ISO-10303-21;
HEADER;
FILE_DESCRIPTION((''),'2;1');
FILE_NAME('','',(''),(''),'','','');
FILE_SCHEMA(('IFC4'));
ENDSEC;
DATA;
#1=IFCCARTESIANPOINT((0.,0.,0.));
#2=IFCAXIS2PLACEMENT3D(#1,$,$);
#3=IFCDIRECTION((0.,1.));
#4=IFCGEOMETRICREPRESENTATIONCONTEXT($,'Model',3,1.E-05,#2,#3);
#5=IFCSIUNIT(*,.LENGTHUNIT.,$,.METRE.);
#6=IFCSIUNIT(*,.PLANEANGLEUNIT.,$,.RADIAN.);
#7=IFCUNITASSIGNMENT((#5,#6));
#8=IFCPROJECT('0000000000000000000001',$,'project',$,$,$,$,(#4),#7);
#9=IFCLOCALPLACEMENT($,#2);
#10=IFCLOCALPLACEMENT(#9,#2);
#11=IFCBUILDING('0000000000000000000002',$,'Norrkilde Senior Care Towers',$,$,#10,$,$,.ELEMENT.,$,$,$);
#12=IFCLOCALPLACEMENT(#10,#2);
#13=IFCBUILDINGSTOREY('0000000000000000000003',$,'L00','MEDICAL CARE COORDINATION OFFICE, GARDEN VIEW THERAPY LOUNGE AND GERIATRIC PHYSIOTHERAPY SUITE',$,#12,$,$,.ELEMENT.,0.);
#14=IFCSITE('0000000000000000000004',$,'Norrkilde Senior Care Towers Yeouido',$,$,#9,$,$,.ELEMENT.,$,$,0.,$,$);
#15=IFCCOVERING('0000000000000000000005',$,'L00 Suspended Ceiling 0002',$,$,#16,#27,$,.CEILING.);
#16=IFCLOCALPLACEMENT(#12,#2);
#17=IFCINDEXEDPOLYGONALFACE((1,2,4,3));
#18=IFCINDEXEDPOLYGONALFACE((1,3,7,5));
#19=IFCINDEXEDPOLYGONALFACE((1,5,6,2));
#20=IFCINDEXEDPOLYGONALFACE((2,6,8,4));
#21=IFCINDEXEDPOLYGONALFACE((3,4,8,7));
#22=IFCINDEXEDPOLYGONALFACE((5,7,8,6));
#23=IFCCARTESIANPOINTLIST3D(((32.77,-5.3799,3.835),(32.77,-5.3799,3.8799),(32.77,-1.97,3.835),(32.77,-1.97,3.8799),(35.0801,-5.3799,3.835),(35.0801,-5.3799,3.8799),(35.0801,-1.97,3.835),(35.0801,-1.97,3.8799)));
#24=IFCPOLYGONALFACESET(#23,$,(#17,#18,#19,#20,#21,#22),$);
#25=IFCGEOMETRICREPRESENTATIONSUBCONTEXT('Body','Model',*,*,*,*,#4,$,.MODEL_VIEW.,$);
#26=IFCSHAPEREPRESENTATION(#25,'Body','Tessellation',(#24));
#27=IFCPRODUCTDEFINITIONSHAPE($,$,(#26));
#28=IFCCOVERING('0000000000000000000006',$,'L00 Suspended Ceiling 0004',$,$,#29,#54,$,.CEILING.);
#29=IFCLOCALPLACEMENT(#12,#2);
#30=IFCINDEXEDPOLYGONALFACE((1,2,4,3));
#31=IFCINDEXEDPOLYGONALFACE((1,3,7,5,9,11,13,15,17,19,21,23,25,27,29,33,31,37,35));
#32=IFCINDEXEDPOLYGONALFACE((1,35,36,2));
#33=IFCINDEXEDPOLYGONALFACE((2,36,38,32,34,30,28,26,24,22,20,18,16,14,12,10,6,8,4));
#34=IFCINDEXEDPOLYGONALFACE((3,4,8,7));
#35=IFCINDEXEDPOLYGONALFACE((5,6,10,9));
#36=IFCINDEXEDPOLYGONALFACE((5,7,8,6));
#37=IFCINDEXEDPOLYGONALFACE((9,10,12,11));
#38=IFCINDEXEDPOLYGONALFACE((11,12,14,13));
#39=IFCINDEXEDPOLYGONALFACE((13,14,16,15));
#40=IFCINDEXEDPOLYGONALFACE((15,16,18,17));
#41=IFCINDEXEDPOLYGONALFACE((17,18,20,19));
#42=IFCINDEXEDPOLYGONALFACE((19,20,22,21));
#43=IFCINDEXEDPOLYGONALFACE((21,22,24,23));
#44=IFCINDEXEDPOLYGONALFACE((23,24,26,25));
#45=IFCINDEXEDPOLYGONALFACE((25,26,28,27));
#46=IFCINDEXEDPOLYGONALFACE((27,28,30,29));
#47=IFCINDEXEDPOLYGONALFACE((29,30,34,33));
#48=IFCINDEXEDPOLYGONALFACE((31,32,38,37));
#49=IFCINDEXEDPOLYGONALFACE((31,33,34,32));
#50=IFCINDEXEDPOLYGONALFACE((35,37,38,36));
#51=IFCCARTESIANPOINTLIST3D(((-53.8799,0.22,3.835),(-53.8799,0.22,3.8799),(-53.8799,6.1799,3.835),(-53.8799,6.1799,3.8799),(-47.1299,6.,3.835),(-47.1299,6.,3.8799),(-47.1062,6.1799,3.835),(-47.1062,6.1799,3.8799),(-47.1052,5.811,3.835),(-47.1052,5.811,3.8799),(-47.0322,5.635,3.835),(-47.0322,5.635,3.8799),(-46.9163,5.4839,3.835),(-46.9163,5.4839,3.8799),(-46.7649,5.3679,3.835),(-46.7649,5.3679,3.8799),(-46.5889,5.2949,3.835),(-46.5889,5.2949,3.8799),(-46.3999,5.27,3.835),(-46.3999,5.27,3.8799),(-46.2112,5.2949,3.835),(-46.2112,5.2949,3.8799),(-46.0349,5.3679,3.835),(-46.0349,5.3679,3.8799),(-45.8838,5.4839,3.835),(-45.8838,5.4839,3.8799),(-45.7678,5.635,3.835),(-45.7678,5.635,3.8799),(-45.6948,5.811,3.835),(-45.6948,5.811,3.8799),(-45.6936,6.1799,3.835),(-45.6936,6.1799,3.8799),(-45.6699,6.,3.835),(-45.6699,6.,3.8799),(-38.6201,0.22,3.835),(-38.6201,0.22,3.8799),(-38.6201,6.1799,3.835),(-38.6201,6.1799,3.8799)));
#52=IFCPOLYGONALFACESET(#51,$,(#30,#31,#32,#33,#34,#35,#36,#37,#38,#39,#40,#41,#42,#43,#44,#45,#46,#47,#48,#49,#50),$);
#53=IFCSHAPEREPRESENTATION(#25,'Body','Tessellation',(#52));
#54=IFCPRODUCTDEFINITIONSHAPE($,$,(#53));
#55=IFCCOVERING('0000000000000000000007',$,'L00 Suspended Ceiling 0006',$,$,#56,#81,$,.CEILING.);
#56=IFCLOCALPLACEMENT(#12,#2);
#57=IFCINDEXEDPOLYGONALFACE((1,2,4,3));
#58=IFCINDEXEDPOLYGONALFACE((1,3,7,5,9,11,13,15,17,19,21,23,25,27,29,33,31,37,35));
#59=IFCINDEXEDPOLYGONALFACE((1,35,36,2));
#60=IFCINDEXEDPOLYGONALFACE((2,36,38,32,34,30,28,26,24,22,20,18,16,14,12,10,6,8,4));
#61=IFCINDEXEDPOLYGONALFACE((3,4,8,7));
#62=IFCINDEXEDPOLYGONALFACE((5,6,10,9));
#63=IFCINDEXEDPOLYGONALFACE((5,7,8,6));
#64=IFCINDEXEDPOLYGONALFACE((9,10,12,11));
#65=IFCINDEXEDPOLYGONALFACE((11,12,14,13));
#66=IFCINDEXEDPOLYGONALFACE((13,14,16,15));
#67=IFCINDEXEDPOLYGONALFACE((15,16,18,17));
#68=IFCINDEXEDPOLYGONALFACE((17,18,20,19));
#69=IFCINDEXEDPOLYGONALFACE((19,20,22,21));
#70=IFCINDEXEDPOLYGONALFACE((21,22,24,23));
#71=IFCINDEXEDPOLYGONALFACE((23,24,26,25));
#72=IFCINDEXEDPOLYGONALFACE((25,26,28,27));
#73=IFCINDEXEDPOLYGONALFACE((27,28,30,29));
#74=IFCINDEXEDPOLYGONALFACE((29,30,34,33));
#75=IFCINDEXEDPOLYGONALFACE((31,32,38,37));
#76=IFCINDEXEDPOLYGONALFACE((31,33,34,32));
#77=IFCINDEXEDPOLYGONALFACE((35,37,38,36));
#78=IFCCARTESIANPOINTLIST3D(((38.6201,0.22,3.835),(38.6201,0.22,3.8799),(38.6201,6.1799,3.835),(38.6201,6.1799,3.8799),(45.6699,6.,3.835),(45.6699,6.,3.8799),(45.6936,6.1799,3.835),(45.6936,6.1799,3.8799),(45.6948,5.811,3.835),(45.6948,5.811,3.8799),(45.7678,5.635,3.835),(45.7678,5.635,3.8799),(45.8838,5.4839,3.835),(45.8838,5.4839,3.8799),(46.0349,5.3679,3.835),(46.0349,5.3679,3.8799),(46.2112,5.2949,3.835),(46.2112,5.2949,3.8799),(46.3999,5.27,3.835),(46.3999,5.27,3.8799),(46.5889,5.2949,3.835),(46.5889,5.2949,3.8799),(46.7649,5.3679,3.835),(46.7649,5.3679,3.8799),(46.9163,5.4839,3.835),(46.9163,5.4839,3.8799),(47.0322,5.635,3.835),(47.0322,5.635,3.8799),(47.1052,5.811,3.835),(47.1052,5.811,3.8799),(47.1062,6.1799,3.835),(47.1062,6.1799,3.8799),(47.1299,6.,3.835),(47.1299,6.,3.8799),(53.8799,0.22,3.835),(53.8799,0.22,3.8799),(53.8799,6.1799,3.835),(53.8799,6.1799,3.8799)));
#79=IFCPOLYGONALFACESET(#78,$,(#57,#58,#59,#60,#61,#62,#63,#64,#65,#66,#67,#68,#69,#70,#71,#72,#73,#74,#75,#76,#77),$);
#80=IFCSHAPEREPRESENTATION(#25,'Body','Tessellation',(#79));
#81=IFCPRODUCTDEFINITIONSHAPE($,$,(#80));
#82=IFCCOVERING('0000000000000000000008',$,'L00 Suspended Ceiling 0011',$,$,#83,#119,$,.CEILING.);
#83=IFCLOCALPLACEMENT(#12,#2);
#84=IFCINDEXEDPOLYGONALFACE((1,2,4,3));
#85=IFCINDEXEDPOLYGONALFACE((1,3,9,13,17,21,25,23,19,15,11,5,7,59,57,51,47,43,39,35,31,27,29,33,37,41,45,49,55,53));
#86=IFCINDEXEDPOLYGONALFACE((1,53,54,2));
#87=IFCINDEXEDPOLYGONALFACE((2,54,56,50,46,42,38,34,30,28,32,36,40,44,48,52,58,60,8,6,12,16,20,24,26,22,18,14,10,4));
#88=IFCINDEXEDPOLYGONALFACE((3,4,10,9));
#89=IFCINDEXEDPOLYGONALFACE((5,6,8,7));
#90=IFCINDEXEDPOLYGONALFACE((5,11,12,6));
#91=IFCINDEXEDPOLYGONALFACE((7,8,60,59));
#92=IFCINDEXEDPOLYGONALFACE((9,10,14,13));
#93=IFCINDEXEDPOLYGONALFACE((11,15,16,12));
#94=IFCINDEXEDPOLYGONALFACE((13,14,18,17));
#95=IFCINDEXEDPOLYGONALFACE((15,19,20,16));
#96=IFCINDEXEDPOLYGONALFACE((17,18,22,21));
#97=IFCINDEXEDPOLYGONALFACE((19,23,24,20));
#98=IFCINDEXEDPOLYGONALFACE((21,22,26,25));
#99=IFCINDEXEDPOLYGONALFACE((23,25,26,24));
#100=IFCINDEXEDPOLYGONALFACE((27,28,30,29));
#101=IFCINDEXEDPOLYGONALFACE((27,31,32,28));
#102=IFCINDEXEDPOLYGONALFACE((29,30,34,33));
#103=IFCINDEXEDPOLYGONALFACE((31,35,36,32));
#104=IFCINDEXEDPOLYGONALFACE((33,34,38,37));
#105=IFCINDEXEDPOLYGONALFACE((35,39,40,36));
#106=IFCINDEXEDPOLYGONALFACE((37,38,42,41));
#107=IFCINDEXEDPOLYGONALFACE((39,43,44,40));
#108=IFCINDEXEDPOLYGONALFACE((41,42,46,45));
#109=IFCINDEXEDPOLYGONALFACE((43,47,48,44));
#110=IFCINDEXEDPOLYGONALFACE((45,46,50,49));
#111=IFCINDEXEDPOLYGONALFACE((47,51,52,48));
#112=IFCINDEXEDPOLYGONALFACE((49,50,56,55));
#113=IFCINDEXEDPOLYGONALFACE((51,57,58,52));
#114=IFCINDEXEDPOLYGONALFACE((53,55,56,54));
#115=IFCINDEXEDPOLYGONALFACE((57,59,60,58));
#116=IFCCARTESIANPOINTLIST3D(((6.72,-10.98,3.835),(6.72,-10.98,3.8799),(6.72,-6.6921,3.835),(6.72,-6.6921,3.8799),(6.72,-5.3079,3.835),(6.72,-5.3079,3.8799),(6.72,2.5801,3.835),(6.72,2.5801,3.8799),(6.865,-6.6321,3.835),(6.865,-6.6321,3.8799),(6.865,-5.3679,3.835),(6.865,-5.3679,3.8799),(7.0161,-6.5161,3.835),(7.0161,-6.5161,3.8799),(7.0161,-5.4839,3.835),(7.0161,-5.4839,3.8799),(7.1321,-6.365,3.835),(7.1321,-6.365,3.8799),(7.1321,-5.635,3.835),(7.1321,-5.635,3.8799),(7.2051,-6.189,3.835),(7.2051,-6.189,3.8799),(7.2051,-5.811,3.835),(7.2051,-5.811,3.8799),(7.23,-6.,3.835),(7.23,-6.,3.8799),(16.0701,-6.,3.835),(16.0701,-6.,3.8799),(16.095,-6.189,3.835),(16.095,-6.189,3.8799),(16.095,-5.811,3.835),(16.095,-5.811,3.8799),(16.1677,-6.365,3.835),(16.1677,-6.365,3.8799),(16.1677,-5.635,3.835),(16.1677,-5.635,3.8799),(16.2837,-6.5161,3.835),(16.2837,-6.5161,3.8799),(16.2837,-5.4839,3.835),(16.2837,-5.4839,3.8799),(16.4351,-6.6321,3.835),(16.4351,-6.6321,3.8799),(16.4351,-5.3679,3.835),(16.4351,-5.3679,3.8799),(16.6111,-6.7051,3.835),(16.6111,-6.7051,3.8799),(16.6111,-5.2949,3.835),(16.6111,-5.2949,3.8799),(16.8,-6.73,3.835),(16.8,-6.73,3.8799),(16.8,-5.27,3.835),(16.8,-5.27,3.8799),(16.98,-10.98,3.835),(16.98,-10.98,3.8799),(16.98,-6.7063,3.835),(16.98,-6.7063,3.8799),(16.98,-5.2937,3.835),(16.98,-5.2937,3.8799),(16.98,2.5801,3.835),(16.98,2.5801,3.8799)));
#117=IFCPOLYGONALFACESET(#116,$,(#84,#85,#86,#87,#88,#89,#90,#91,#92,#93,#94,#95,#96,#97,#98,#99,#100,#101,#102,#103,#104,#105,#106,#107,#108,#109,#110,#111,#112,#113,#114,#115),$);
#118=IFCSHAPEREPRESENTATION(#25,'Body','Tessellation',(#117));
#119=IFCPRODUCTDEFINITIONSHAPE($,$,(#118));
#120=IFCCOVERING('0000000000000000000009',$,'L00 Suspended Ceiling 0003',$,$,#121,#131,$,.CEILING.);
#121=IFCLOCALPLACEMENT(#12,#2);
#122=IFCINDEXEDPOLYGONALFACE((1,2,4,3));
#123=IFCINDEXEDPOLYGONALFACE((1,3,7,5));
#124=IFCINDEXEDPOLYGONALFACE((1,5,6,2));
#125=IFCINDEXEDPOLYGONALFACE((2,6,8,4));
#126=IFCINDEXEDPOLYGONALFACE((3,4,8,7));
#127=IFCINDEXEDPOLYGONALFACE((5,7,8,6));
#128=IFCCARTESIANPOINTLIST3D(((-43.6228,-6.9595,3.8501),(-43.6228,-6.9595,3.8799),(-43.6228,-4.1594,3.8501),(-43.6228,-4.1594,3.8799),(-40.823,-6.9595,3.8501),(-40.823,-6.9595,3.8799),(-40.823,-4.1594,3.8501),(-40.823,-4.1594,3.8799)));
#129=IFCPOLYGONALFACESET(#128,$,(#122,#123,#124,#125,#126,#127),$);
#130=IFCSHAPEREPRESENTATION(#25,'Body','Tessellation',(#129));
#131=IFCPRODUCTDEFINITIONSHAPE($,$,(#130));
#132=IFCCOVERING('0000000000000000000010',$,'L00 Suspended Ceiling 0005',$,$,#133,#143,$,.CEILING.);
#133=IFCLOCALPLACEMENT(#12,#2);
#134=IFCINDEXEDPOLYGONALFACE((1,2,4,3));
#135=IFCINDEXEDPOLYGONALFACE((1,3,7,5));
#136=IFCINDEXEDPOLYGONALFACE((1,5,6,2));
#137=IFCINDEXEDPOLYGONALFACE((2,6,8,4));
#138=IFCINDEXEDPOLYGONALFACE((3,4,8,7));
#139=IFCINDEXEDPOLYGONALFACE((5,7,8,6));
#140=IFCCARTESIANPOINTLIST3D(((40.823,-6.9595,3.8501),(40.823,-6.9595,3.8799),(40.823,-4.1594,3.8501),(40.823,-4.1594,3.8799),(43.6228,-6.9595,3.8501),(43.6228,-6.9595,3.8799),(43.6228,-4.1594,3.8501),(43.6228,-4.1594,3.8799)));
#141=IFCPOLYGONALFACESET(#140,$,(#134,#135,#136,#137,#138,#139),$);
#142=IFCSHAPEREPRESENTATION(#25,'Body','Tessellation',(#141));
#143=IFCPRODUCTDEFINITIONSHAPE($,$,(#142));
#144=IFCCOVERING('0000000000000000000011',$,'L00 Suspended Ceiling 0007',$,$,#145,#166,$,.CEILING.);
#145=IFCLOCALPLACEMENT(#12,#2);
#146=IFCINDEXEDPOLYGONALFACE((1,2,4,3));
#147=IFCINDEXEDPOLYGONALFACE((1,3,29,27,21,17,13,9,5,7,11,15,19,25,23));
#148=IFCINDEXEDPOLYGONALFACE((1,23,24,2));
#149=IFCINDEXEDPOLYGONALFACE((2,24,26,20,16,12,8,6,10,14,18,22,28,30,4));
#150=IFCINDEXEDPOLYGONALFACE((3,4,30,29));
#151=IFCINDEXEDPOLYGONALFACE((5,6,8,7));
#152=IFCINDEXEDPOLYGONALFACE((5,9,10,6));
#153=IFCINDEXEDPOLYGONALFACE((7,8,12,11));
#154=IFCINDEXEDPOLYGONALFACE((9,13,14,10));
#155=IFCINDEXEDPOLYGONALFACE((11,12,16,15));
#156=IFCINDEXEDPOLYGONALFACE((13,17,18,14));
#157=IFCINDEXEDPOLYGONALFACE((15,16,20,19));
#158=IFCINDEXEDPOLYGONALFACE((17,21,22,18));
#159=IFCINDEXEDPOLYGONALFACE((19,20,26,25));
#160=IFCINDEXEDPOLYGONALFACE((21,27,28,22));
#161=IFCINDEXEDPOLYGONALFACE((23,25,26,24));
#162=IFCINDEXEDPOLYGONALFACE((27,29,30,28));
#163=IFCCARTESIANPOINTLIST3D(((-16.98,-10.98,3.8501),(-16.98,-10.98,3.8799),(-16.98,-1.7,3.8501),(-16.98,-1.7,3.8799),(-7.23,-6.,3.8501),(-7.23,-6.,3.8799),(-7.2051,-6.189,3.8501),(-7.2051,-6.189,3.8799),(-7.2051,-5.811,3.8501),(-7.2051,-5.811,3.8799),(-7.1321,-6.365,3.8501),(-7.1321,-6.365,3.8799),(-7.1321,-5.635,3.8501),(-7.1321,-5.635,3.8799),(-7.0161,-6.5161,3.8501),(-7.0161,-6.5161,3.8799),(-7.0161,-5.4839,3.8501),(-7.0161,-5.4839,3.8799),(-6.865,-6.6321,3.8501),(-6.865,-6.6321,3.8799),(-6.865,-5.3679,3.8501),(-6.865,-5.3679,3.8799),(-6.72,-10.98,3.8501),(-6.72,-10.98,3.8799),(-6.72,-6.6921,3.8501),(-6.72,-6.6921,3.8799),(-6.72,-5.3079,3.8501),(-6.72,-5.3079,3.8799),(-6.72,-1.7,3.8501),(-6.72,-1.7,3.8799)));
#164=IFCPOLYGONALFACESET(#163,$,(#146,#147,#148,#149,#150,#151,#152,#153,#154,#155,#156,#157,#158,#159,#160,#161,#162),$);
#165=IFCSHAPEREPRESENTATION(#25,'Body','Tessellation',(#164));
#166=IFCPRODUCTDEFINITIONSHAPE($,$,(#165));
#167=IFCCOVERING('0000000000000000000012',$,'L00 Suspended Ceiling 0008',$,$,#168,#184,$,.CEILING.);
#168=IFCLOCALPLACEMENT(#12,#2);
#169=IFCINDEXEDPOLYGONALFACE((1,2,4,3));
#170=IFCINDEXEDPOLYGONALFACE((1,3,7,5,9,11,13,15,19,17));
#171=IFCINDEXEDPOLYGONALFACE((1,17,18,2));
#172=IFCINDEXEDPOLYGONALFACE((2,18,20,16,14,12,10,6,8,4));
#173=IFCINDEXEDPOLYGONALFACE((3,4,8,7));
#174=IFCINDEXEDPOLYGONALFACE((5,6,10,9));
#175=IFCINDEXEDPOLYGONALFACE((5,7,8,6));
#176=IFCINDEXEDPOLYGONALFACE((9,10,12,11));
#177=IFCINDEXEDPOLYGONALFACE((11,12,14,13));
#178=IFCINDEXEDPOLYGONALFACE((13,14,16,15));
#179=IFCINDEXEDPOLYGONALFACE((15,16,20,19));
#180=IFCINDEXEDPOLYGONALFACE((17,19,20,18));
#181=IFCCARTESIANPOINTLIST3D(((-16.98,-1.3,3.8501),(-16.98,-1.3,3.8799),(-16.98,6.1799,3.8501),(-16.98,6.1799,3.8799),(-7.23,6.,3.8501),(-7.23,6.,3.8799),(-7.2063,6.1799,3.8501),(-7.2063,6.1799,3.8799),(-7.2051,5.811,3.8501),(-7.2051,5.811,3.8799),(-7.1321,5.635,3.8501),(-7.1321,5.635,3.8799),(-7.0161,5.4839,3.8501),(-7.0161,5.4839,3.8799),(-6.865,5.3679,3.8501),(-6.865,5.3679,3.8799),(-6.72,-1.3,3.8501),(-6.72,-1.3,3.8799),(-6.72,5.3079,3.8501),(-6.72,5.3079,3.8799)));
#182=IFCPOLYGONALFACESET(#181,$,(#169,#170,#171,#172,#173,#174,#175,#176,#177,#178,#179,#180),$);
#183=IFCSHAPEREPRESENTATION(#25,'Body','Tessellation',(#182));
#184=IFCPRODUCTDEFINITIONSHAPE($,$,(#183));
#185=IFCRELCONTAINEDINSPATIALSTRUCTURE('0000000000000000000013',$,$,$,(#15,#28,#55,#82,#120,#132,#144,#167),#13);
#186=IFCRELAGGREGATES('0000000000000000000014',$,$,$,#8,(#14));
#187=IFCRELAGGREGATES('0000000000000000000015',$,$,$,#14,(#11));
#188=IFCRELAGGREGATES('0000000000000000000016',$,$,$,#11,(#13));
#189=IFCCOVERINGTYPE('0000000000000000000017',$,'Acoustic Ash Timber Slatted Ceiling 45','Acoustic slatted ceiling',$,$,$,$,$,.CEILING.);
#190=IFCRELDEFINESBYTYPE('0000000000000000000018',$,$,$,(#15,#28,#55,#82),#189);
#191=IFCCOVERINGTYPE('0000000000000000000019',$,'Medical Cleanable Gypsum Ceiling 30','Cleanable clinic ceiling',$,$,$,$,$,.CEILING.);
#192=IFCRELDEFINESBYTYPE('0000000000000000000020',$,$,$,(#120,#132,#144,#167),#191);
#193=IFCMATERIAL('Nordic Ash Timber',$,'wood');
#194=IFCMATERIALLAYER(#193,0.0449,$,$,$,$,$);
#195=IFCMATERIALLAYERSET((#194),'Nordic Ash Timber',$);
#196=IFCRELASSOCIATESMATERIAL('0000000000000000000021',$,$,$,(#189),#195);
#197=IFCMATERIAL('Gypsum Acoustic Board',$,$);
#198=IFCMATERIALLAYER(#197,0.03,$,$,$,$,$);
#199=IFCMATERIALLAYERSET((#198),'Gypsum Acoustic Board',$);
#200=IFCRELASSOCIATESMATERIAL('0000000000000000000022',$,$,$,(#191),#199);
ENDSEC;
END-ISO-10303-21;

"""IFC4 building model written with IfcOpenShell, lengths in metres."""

from ifc_helpers import new_model, si_unit, direction, frame, origin, place, context, subcontext, project, spatial, polyline, outline, extrude, material, layer, layer_set, type_object, element, save


model = new_model("IFC4")

# Units and contexts
model_context = context("Model", 3, precision=1e-05, world=origin(), true_north=direction((0.0, 1.0)))
body_context = subcontext(model_context, "Body", "Model", "MODEL_VIEW")
ifc_project = project(units=[si_unit("LENGTHUNIT", "METRE"), si_unit("PLANEANGLEUNIT", "RADIAN")], contexts=[model_context])

# Site, building, storey
site_placement = place(None, origin())
site = spatial("IfcSite", under=ifc_project, at=site_placement, Name="Norrkilde Senior Care Towers Yeouido", CompositionType="ELEMENT", RefElevation=0.0)
building_placement = place(site_placement, origin())
building = spatial("IfcBuilding", under=site, at=building_placement, Name="Norrkilde Senior Care Towers", CompositionType="ELEMENT")
storey_placement = place(building_placement, origin())
storey = spatial("IfcBuildingStorey", under=building, at=storey_placement, Name="L00", Description="MEDICAL CARE COORDINATION OFFICE, GARDEN VIEW THERAPY LOUNGE AND GERIATRIC PHYSIOTHERAPY SUITE", CompositionType="ELEMENT", Elevation=0.0)

# Coverings
ifc_material_1 = material(Name="Nordic Ash Timber", Category="wood")
ifc_layer_1 = layer(ifc_material_1, 0.0449)
ifc_layer_set_1 = layer_set([ifc_layer_1], Name="Nordic Ash Timber")
covering_type_1 = type_object("IfcCoveringType", Name="Acoustic Ash Timber Slatted Ceiling 45", Description="Acoustic slatted ceiling", PredefinedType="CEILING", material=ifc_layer_set_1)
covering_1_placement = place(storey_placement, frame((0.0, 0.0, 3.835)))
element("IfcCovering", 1, at=covering_1_placement, inside=storey, type_object=covering_type_1, Name="L00 Suspended Ceiling 0002", PredefinedType="CEILING", context=body_context, shape_type="SweptSolid", body=[
    extrude(outline(polyline([(35.0801, -1.97), (35.0801, -5.3799), (32.77, -5.3799), (32.77, -1.97), (35.0801, -1.97)])), origin(), (0.0, 0.0, 1.0), 0.0449),
])
covering_2_placement = place(storey_placement, frame((0.0, 0.0, 3.835)))
element("IfcCovering", 2, at=covering_2_placement, inside=storey, type_object=covering_type_1, Name="L00 Suspended Ceiling 0004", PredefinedType="CEILING", context=body_context, shape_type="SweptSolid", body=[
    extrude(outline(polyline([(-38.6201, 0.22), (-53.8799, 0.22), (-53.8799, 6.1799), (-47.1062, 6.1799), (-47.1299, 6.0), (-47.1052, 5.811), (-47.0322, 5.635), (-46.9163, 5.4839), (-46.7649, 5.3679), (-46.5889, 5.2949), (-46.3999, 5.27), (-46.2112, 5.2949), (-46.0349, 5.3679), (-45.8838, 5.4839), (-45.7678, 5.635), (-45.6948, 5.811), (-45.6699, 6.0), (-45.6936, 6.1799), (-38.6201, 6.1799), (-38.6201, 0.22)])), origin(), (0.0, 0.0, 1.0), 0.0449),
])
covering_3_placement = place(storey_placement, frame((0.0, 0.0, 3.835)))
element("IfcCovering", 3, at=covering_3_placement, inside=storey, type_object=covering_type_1, Name="L00 Suspended Ceiling 0006", PredefinedType="CEILING", context=body_context, shape_type="SweptSolid", body=[
    extrude(outline(polyline([(53.8799, 0.22), (38.6201, 0.22), (38.6201, 6.1799), (45.6936, 6.1799), (45.6699, 6.0), (45.6948, 5.811), (45.7678, 5.635), (45.8838, 5.4839), (46.0349, 5.3679), (46.2112, 5.2949), (46.3999, 5.27), (46.5889, 5.2949), (46.7649, 5.3679), (46.9163, 5.4839), (47.0322, 5.635), (47.1052, 5.811), (47.1299, 6.0), (47.1062, 6.1799), (53.8799, 6.1799), (53.8799, 0.22)])), origin(), (0.0, 0.0, 1.0), 0.0449),
])
covering_4_placement = place(storey_placement, frame((0.0, 0.0, 3.835)))
element("IfcCovering", 4, at=covering_4_placement, inside=storey, type_object=covering_type_1, Name="L00 Suspended Ceiling 0011", PredefinedType="CEILING", context=body_context, shape_type="SweptSolid", body=[
    extrude(outline(polyline([(6.72, -10.98), (6.72, -6.6921), (6.865, -6.6321), (7.0161, -6.5161), (7.1321, -6.365), (7.2051, -6.189), (7.23, -6.0), (7.2051, -5.811), (7.1321, -5.635), (7.0161, -5.4839), (6.865, -5.3679), (6.72, -5.3079), (6.72, 2.5801), (16.98, 2.5801), (16.98, -5.2937), (16.8, -5.27), (16.6111, -5.2949), (16.4351, -5.3679), (16.2837, -5.4839), (16.1677, -5.635), (16.095, -5.811), (16.0701, -6.0), (16.095, -6.189), (16.1677, -6.365), (16.2837, -6.5161), (16.4351, -6.6321), (16.6111, -6.7051), (16.8, -6.73), (16.98, -6.7063), (16.98, -10.98), (6.72, -10.98)])), origin(), (0.0, 0.0, 1.0), 0.0449),
])
ifc_material_2 = material(Name="Gypsum Acoustic Board")
ifc_layer_2 = layer(ifc_material_2, 0.03)
ifc_layer_set_2 = layer_set([ifc_layer_2], Name="Gypsum Acoustic Board")
covering_type_2 = type_object("IfcCoveringType", Name="Medical Cleanable Gypsum Ceiling 30", Description="Cleanable clinic ceiling", PredefinedType="CEILING", material=ifc_layer_set_2)
covering_5_placement = place(storey_placement, frame((0.0, 0.0, 3.8501)))
element("IfcCovering", 5, at=covering_5_placement, inside=storey, type_object=covering_type_2, Name="L00 Suspended Ceiling 0003", PredefinedType="CEILING", context=body_context, shape_type="SweptSolid", body=[
    extrude(outline(polyline([(-43.6228, -6.9595), (-43.6228, -4.1594), (-40.823, -4.1594), (-40.823, -6.9595), (-43.6228, -6.9595)])), origin(), (0.0, 0.0, 1.0), 0.0298),
])
covering_6_placement = place(storey_placement, frame((0.0, 0.0, 3.8501)))
element("IfcCovering", 6, at=covering_6_placement, inside=storey, type_object=covering_type_2, Name="L00 Suspended Ceiling 0005", PredefinedType="CEILING", context=body_context, shape_type="SweptSolid", body=[
    extrude(outline(polyline([(40.823, -6.9595), (40.823, -4.1594), (43.6228, -4.1594), (43.6228, -6.9595), (40.823, -6.9595)])), origin(), (0.0, 0.0, 1.0), 0.0298),
])
covering_7_placement = place(storey_placement, frame((0.0, 0.0, 3.8501)))
element("IfcCovering", 7, at=covering_7_placement, inside=storey, type_object=covering_type_2, Name="L00 Suspended Ceiling 0007", PredefinedType="CEILING", context=body_context, shape_type="SweptSolid", body=[
    extrude(outline(polyline([(-6.72, -5.3079), (-6.865, -5.3679), (-7.0161, -5.4839), (-7.1321, -5.635), (-7.2051, -5.811), (-7.23, -6.0), (-7.2051, -6.189), (-7.1321, -6.365), (-7.0161, -6.5161), (-6.865, -6.6321), (-6.72, -6.6921), (-6.72, -10.98), (-16.98, -10.98), (-16.98, -1.7), (-6.72, -1.7), (-6.72, -5.3079)])), origin(), (0.0, 0.0, 1.0), 0.0298),
])
covering_8_placement = place(storey_placement, frame((0.0, 0.0, 3.8501)))
element("IfcCovering", 8, at=covering_8_placement, inside=storey, type_object=covering_type_2, Name="L00 Suspended Ceiling 0008", PredefinedType="CEILING", context=body_context, shape_type="SweptSolid", body=[
    extrude(outline(polyline([(-6.72, -1.3), (-16.98, -1.3), (-16.98, 6.1799), (-7.2063, 6.1799), (-7.23, 6.0), (-7.2051, 5.811), (-7.1321, 5.635), (-7.0161, 5.4839), (-6.865, 5.3679), (-6.72, 5.3079), (-6.72, -1.3)])), origin(), (0.0, 0.0, 1.0), 0.0298),
])

save(model, "model.ifc")
